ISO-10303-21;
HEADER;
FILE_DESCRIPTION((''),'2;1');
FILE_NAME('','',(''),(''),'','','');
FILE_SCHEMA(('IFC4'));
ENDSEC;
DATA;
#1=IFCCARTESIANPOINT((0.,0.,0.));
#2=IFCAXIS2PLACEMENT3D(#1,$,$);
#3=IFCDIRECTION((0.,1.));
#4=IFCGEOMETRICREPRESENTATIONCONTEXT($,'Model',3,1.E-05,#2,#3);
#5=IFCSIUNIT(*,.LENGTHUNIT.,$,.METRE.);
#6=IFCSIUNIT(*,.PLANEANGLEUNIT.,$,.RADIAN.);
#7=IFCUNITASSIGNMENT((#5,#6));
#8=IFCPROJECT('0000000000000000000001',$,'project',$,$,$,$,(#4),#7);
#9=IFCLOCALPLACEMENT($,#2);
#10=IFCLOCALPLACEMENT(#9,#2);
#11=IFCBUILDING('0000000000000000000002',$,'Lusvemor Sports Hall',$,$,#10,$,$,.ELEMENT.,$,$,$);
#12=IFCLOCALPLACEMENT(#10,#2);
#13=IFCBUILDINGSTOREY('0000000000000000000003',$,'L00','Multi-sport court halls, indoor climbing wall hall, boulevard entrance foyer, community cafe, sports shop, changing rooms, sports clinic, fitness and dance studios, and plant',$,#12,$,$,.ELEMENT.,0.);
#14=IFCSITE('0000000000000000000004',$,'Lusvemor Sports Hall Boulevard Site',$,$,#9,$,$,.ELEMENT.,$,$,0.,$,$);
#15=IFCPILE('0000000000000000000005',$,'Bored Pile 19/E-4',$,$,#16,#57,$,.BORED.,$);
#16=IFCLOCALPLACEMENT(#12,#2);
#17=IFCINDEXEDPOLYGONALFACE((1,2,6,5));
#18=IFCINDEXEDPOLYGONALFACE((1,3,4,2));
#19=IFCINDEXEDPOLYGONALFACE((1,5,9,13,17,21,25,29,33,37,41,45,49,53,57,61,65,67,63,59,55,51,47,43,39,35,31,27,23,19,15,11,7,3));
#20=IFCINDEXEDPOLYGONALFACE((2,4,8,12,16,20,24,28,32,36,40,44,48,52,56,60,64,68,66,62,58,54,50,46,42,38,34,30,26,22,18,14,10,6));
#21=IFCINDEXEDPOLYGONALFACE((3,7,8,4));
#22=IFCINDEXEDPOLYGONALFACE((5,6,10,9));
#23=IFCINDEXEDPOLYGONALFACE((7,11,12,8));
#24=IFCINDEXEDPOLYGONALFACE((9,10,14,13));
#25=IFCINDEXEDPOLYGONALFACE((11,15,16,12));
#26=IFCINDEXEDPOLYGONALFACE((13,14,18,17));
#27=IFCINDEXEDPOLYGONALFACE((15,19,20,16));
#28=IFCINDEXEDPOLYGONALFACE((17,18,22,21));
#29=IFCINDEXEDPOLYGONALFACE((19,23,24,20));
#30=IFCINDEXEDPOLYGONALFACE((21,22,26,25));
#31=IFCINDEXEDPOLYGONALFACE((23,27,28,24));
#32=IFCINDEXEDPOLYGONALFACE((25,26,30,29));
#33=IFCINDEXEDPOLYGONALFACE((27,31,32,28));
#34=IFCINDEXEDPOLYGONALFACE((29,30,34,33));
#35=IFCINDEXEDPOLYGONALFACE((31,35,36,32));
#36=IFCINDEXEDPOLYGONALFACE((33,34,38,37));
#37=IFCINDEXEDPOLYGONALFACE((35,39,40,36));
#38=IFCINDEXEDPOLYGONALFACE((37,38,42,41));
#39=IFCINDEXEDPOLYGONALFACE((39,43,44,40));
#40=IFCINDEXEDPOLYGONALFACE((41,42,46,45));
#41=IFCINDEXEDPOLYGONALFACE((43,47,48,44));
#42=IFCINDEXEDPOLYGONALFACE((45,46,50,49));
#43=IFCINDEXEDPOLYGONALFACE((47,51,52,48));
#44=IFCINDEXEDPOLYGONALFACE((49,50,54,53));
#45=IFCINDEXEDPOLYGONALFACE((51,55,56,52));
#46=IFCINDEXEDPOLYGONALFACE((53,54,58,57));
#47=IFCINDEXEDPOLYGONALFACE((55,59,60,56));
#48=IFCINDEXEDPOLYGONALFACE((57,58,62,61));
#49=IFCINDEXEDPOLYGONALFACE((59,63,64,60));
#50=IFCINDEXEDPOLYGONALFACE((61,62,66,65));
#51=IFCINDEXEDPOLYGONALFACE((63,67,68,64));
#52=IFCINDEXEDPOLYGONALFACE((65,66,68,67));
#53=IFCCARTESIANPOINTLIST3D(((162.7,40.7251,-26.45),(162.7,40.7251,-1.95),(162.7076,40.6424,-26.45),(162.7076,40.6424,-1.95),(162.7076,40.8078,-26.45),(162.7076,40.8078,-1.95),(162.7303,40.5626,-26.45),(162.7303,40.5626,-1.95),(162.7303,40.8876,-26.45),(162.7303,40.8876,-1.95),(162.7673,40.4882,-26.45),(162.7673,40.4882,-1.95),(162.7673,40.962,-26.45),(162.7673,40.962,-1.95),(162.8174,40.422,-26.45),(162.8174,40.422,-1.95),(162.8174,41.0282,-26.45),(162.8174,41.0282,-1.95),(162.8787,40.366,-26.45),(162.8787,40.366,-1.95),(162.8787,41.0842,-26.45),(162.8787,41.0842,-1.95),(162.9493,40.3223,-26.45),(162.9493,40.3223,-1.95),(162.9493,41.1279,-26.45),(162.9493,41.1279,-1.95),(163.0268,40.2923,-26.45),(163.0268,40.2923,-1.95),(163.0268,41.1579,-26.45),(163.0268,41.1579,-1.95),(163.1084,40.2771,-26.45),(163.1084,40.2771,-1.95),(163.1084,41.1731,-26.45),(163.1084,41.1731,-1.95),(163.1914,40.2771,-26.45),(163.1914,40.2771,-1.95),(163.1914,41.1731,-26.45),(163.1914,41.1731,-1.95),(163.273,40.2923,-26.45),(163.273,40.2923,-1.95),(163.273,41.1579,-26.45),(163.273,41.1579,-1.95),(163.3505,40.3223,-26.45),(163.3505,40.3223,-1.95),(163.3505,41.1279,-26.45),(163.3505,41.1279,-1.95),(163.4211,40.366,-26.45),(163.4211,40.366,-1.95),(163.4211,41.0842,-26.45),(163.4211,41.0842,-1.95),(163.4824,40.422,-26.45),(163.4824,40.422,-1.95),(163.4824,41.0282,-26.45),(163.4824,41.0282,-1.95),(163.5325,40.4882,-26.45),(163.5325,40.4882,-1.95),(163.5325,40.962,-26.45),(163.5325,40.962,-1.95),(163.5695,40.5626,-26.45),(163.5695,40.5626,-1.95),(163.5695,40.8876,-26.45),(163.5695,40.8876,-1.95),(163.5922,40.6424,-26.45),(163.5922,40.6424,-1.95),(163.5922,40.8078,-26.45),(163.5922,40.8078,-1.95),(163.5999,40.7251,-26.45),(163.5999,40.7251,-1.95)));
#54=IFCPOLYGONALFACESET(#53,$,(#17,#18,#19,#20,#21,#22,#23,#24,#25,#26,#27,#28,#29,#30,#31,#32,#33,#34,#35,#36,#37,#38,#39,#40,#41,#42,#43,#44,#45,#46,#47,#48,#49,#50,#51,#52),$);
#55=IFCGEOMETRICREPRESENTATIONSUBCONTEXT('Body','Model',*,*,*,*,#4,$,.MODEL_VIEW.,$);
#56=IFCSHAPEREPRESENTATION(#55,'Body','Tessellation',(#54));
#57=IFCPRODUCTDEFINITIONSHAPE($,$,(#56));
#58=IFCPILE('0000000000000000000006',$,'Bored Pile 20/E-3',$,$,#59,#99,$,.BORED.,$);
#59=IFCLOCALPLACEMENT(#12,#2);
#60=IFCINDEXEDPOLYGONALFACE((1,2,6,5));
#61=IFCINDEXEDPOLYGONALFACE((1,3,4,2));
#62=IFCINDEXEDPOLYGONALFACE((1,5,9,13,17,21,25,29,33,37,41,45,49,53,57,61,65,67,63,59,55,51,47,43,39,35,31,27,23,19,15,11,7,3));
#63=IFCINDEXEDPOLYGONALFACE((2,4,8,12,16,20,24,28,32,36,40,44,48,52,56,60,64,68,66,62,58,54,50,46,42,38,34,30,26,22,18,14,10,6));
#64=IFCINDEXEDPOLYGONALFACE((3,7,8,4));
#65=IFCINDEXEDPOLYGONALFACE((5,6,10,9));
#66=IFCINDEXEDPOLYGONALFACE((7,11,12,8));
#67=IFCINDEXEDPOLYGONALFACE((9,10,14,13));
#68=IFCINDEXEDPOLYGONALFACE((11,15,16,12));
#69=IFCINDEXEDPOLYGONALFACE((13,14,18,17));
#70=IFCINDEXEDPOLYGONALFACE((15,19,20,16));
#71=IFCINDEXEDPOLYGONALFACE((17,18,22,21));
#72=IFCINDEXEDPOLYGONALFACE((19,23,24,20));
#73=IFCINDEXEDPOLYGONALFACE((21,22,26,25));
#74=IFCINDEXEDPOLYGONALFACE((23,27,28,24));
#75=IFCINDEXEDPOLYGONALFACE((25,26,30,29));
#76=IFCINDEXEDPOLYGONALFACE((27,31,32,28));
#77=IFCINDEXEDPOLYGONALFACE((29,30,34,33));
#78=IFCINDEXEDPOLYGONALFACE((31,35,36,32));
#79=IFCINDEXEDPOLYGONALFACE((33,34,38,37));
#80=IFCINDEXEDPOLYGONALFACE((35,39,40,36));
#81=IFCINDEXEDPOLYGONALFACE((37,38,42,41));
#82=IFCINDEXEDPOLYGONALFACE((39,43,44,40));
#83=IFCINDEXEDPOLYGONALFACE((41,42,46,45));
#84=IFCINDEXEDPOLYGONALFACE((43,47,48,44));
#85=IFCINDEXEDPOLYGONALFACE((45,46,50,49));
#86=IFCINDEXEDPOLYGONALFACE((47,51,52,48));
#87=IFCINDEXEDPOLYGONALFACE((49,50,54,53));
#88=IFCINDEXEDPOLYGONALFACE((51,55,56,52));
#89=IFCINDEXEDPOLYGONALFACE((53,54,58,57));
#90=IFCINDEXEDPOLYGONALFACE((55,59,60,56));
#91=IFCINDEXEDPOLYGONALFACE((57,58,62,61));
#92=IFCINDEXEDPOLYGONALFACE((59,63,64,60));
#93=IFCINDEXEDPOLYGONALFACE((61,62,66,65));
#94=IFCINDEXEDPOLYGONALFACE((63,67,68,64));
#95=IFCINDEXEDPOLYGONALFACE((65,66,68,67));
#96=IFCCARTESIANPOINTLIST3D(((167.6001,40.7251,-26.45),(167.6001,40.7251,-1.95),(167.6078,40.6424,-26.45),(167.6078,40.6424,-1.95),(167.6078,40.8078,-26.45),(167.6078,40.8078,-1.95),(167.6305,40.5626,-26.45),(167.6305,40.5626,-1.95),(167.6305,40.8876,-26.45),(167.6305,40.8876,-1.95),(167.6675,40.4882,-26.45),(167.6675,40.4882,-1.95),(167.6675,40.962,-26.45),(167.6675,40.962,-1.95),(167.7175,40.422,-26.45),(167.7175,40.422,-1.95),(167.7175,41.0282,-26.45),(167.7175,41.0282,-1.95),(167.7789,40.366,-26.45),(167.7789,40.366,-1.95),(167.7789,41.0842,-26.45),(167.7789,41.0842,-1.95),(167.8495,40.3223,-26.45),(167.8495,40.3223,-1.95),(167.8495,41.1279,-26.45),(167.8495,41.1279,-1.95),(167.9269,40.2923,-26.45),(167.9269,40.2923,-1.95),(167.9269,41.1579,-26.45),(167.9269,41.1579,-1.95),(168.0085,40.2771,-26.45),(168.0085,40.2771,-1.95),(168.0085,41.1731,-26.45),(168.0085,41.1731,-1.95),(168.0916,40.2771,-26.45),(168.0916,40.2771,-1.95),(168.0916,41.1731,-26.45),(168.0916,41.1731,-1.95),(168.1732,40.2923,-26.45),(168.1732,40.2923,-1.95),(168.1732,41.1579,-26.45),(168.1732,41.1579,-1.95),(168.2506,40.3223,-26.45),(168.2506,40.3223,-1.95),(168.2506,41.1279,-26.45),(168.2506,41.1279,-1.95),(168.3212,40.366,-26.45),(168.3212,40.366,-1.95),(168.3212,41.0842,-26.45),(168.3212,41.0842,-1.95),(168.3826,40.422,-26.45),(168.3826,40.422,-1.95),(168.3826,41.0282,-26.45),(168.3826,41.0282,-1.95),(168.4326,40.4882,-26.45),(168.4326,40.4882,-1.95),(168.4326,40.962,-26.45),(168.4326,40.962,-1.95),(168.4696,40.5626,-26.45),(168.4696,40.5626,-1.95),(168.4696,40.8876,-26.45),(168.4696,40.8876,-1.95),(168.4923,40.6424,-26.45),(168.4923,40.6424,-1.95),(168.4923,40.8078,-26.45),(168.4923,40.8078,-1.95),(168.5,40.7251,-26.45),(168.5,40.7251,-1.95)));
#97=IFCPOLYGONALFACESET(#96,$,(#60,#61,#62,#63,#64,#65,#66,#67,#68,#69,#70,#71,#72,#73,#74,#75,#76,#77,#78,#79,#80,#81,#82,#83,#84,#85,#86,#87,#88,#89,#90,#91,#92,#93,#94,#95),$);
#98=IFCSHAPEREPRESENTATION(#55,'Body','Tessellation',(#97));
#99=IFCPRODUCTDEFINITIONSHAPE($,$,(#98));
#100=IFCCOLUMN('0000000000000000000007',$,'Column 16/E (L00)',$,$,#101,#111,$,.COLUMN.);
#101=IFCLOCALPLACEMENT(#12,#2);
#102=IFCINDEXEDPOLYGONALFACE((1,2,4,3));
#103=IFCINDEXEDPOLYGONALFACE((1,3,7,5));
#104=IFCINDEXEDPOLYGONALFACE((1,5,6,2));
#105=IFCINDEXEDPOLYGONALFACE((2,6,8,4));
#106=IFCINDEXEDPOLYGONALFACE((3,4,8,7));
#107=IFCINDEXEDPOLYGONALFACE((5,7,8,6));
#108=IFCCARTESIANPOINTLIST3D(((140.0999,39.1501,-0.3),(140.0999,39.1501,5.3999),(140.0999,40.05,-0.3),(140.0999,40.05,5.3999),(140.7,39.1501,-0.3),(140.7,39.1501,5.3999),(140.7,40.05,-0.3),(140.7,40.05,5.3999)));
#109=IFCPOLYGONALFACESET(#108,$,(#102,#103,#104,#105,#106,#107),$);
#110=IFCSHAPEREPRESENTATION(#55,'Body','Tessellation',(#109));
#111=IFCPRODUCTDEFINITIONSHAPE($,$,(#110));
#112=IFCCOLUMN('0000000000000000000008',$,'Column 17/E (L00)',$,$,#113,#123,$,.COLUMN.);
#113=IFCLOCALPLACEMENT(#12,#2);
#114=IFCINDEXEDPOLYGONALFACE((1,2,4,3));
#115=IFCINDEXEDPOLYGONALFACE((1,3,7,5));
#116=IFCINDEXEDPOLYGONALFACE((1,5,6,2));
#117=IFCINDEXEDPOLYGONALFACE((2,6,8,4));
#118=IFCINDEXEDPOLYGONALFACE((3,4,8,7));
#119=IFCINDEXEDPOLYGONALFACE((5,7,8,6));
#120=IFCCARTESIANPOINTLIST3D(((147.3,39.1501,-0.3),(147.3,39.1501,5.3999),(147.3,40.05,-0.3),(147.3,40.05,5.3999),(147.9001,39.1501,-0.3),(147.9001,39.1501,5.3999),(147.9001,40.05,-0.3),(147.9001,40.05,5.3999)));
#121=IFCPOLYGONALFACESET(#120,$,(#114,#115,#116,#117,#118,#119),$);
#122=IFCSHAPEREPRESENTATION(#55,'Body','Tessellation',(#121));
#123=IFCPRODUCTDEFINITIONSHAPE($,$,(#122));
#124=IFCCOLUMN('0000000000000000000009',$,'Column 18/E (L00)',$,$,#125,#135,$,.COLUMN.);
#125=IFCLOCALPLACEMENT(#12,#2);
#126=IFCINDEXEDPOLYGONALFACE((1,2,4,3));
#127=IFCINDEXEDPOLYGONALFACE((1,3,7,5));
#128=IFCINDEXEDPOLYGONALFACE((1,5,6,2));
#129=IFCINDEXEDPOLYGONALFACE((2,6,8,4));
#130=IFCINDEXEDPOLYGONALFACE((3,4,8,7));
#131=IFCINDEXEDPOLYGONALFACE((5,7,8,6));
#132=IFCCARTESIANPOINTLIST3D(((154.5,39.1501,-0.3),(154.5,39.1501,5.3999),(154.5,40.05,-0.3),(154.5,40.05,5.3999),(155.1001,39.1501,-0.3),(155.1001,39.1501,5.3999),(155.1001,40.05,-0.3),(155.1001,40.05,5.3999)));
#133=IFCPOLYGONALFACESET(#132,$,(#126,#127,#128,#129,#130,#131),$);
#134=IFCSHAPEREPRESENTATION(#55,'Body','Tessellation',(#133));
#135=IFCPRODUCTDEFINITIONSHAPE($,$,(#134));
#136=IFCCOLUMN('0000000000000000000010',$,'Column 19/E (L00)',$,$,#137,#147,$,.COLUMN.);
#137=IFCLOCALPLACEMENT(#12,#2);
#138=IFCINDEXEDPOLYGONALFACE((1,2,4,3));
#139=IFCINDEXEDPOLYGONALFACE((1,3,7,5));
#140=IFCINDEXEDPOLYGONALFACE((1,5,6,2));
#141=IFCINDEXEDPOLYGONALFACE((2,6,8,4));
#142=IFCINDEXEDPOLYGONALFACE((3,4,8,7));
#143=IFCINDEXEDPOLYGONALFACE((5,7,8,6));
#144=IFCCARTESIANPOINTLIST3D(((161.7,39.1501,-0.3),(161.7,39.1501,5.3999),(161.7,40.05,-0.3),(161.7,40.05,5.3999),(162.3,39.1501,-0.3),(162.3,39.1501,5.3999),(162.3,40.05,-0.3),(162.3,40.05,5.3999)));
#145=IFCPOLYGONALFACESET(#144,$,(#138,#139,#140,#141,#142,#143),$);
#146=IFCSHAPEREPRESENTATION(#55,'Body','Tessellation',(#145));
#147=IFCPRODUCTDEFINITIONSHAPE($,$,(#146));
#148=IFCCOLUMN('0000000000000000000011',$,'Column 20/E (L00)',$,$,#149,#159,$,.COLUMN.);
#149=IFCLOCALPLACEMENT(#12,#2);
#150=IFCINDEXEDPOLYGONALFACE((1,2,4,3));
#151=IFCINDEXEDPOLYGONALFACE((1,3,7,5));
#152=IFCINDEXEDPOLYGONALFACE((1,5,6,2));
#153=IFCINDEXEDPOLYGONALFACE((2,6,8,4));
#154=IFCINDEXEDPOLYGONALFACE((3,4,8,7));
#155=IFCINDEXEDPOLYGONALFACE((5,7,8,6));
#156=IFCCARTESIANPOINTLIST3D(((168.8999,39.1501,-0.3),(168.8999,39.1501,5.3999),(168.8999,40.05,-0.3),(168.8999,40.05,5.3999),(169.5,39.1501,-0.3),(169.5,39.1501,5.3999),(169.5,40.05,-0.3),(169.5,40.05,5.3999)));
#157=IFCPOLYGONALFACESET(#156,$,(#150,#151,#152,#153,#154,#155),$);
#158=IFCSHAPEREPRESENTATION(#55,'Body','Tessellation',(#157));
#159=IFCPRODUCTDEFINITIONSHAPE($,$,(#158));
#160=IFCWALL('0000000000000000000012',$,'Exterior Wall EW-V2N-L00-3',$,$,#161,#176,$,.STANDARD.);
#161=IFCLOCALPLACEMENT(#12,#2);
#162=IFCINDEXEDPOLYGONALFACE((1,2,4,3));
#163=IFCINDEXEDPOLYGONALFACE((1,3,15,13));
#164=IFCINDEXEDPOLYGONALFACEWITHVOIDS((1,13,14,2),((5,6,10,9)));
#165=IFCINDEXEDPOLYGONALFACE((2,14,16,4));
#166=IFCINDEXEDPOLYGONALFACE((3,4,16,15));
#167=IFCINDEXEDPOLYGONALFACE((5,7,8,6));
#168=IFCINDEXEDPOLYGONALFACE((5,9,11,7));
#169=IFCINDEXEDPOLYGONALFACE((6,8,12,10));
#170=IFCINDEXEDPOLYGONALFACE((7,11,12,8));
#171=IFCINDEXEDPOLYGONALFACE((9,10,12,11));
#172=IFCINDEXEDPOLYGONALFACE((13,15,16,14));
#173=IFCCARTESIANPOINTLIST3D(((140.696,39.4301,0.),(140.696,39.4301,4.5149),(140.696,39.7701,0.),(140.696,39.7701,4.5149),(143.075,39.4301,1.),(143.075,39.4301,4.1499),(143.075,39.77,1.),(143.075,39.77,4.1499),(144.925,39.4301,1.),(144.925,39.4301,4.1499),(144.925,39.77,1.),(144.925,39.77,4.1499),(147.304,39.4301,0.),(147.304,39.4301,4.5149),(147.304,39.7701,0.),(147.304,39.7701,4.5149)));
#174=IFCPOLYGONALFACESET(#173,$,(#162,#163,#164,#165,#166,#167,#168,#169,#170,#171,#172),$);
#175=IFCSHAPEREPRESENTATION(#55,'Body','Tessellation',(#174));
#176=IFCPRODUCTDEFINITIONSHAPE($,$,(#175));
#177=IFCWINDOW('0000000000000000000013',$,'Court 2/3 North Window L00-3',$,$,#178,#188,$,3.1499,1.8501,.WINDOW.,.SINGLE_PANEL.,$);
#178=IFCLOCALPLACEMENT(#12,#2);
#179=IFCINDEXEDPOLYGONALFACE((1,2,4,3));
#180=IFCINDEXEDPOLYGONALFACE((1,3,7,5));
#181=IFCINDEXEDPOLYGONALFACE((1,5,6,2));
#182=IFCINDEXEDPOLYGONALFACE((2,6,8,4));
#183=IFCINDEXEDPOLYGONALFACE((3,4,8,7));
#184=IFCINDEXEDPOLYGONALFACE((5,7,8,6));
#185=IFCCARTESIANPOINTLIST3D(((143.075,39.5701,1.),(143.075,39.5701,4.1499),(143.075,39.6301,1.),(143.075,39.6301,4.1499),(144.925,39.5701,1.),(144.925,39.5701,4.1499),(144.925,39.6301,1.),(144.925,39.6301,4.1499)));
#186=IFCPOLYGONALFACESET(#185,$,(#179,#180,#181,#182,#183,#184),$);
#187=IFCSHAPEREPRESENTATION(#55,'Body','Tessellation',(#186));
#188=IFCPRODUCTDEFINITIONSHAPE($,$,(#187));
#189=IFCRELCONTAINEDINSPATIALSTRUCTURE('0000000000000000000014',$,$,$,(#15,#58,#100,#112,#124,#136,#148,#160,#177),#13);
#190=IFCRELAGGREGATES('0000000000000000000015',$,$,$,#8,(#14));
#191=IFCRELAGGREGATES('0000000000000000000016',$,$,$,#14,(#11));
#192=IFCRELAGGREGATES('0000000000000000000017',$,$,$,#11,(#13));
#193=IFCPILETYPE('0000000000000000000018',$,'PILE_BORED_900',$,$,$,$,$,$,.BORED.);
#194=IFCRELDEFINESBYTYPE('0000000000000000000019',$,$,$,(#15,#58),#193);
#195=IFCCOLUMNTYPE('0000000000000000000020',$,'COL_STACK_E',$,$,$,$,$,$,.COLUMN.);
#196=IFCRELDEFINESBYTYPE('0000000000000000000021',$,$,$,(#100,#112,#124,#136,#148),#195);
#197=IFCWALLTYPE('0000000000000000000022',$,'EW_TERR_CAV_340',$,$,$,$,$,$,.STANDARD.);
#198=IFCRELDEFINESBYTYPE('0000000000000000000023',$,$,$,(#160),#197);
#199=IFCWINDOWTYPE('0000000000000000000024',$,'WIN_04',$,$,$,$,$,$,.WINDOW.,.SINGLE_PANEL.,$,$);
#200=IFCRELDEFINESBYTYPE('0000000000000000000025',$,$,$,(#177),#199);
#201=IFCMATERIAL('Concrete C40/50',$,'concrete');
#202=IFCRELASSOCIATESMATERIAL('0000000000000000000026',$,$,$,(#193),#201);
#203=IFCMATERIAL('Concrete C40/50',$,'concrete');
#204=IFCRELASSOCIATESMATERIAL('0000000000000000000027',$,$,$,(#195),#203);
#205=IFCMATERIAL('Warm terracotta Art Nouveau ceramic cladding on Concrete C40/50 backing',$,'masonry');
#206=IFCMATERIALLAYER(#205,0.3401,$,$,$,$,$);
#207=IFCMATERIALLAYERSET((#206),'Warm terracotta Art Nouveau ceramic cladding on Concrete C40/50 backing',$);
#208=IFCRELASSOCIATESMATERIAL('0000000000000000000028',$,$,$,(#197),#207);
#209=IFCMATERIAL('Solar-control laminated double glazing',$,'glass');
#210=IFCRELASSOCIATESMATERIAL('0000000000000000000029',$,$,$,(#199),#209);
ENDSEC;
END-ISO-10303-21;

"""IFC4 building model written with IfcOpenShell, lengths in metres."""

from ifc_helpers import new_model, si_unit, direction, frame, frame_2d, origin, origin_2d, place, context, subcontext, project, spatial, rectangle, circle, extrude, material, layer, layer_set, material_profile, profile_set, type_object, element, fill, save


model = new_model("IFC4")

# Units and contexts
model_context = context("Model", 3, precision=1e-05, world=origin(), true_north=direction((0.0, 1.0)))
body_context = subcontext(model_context, "Body", "Model", "MODEL_VIEW")
ifc_project = project(units=[si_unit("LENGTHUNIT", "METRE"), si_unit("PLANEANGLEUNIT", "RADIAN")], contexts=[model_context])

# Site, building, storey
site_placement = place(None, origin())
site = spatial("IfcSite", under=ifc_project, at=site_placement, Name="Lusvemor Sports Hall Boulevard Site", CompositionType="ELEMENT", RefElevation=0.0)
building_placement = place(site_placement, origin())
building = spatial("IfcBuilding", under=site, at=building_placement, Name="Lusvemor Sports Hall", CompositionType="ELEMENT")
storey_placement = place(building_placement, origin())
storey = spatial("IfcBuildingStorey", under=building, at=storey_placement, Name="L00", Description="Multi-sport court halls, indoor climbing wall hall, boulevard entrance foyer, community cafe, sports shop, changing rooms, sports clinic, fitness and dance studios, and plant", CompositionType="ELEMENT", Elevation=0.0)

# Piles
ifc_material_1 = material(Name="Concrete C40/50", Category="concrete")
ifc_material_profile_1 = material_profile(ifc_material_1, circle(Radius=0.45, at=origin_2d()), Name="PILE900")
ifc_profile_set_1 = profile_set([ifc_material_profile_1], Name="Concrete C40/50")
pile_type_1 = type_object("IfcPileType", Name="PILE_BORED_900", PredefinedType="BORED", material=ifc_profile_set_1)
for number, where, z_axis, x_axis, name in (
    (1, (163.1499, 40.7251, -1.95), (0.0, 0.0, -1.0), (1.0, 0.0, 0.0), "Bored Pile 19/E-4"),
    (2, (168.05, 40.7251, -1.95), (0.0, 0.0, -1.0), (1.0, 0.0, 0.0), "Bored Pile 20/E-3"),
):
    element("IfcPile", number, at=place(storey_placement, frame(where, z_axis=z_axis, x_axis=x_axis)), inside=storey, type_object=pile_type_1, Name=name, PredefinedType="BORED", context=body_context, shape_type="SweptSolid", body=[
        extrude(circle(Radius=0.45, at=origin_2d()), origin(), (0.0, 0.0, 1.0), 24.5),
    ])

# Columns
ifc_material_2 = material(Name="Concrete C40/50", Category="concrete")
ifc_material_profile_2 = material_profile(ifc_material_2, rectangle(XDim=0.6001, YDim=0.8999, at=origin_2d()), Name="RC600x900")
ifc_profile_set_2 = profile_set([ifc_material_profile_2], Name="Concrete C40/50")
column_type = type_object("IfcColumnType", Name="COL_STACK_E", PredefinedType="COLUMN", material=ifc_profile_set_2)
for number, where, z_axis, x_axis, name in (
    (3, (140.3999, 39.6001, -0.3), (0.0, 0.0, 1.0), (1.0, 0.0, 0.0), "Column 16/E (L00)"),
    (4, (147.6001, 39.6001, -0.3), (0.0, 0.0, 1.0), (1.0, 0.0, 0.0), "Column 17/E (L00)"),
    (5, (154.8, 39.6001, -0.3), (0.0, 0.0, 1.0), (1.0, 0.0, 0.0), "Column 18/E (L00)"),
    (6, (162.0, 39.6001, -0.3), (0.0, 0.0, 1.0), (1.0, 0.0, 0.0), "Column 19/E (L00)"),
    (7, (169.2, 39.6001, -0.3), (0.0, 0.0, 1.0), (1.0, 0.0, 0.0), "Column 20/E (L00)"),
):
    element("IfcColumn", number, at=place(storey_placement, frame(where, z_axis=z_axis, x_axis=x_axis)), inside=storey, type_object=column_type, Name=name, PredefinedType="COLUMN", context=body_context, shape_type="SweptSolid", body=[
        extrude(rectangle(XDim=0.6001, YDim=0.8999, at=origin_2d()), origin(), (0.0, 0.0, 1.0), 5.7),
    ])

# Wall, opening, window
ifc_material_3 = material(Name="Warm terracotta Art Nouveau ceramic cladding on Concrete C40/50 backing", Category="masonry")
ifc_layer_1 = layer(ifc_material_3, 0.3401)
ifc_layer_set_1 = layer_set([ifc_layer_1], Name="Warm terracotta Art Nouveau ceramic cladding on Concrete C40/50 backing")
wall_type_1 = type_object("IfcWallType", Name="EW_TERR_CAV_340", PredefinedType="STANDARD", material=ifc_layer_set_1)
wall_1_placement = place(storey_placement, frame((140.696, 39.6001, 0.0), z_axis=(0.0, 0.0, 1.0), x_axis=(1.0, 0.0, 0.0)))
wall_1 = element("IfcWall", 8, at=wall_1_placement, inside=storey, type_object=wall_type_1, Name="Exterior Wall EW-V2N-L00-3", PredefinedType="STANDARD", context=body_context, shape_type="SweptSolid", body=[
    extrude(rectangle(XDim=6.6079, YDim=0.3401, at=frame_2d((3.304, 0.0))), origin(), (0.0, 0.0, 1.0), 4.5149),
])
opening_1_placement = place(wall_1_placement, frame((2.3789, 0.0, 1.0)))
opening_1 = element("IfcOpeningElement", 9, at=opening_1_placement, cuts=wall_1, PredefinedType="OPENING", context=body_context, shape_type="SweptSolid", body=[
    extrude(rectangle(XDim=1.8501, YDim=3.1499, at=frame_2d((0.925, 1.575))), frame((0.0, 0.1699, 0.0), z_axis=(0.0, -1.0, 0.0), x_axis=(1.0, 0.0, 0.0)), (0.0, 0.0, 1.0), 0.3401),
])
ifc_material_4 = material(Name="Solar-control laminated double glazing", Category="glass")
window_type = type_object("IfcWindowType", Name="WIN_04", PartitioningType="SINGLE_PANEL", PredefinedType="WINDOW", material=ifc_material_4)
window_placement = place(opening_1_placement, origin())
window = element("IfcWindow", 10, at=window_placement, inside=storey, type_object=window_type, Name="Court 2/3 North Window L00-3", OverallHeight=3.1499, OverallWidth=1.8501, PartitioningType="SINGLE_PANEL", PredefinedType="WINDOW", context=body_context, shape_type="SweptSolid", body=[
    extrude(rectangle(XDim=1.8501, YDim=3.1499, at=frame_2d((0.925, 1.575))), frame((0.0, 0.03, 0.0), z_axis=(0.0, -1.0, 0.0), x_axis=(1.0, 0.0, 0.0)), (0.0, 0.0, 1.0), 0.0601),
])
fill(opening_1, window)

save(model, "model.ifc")
